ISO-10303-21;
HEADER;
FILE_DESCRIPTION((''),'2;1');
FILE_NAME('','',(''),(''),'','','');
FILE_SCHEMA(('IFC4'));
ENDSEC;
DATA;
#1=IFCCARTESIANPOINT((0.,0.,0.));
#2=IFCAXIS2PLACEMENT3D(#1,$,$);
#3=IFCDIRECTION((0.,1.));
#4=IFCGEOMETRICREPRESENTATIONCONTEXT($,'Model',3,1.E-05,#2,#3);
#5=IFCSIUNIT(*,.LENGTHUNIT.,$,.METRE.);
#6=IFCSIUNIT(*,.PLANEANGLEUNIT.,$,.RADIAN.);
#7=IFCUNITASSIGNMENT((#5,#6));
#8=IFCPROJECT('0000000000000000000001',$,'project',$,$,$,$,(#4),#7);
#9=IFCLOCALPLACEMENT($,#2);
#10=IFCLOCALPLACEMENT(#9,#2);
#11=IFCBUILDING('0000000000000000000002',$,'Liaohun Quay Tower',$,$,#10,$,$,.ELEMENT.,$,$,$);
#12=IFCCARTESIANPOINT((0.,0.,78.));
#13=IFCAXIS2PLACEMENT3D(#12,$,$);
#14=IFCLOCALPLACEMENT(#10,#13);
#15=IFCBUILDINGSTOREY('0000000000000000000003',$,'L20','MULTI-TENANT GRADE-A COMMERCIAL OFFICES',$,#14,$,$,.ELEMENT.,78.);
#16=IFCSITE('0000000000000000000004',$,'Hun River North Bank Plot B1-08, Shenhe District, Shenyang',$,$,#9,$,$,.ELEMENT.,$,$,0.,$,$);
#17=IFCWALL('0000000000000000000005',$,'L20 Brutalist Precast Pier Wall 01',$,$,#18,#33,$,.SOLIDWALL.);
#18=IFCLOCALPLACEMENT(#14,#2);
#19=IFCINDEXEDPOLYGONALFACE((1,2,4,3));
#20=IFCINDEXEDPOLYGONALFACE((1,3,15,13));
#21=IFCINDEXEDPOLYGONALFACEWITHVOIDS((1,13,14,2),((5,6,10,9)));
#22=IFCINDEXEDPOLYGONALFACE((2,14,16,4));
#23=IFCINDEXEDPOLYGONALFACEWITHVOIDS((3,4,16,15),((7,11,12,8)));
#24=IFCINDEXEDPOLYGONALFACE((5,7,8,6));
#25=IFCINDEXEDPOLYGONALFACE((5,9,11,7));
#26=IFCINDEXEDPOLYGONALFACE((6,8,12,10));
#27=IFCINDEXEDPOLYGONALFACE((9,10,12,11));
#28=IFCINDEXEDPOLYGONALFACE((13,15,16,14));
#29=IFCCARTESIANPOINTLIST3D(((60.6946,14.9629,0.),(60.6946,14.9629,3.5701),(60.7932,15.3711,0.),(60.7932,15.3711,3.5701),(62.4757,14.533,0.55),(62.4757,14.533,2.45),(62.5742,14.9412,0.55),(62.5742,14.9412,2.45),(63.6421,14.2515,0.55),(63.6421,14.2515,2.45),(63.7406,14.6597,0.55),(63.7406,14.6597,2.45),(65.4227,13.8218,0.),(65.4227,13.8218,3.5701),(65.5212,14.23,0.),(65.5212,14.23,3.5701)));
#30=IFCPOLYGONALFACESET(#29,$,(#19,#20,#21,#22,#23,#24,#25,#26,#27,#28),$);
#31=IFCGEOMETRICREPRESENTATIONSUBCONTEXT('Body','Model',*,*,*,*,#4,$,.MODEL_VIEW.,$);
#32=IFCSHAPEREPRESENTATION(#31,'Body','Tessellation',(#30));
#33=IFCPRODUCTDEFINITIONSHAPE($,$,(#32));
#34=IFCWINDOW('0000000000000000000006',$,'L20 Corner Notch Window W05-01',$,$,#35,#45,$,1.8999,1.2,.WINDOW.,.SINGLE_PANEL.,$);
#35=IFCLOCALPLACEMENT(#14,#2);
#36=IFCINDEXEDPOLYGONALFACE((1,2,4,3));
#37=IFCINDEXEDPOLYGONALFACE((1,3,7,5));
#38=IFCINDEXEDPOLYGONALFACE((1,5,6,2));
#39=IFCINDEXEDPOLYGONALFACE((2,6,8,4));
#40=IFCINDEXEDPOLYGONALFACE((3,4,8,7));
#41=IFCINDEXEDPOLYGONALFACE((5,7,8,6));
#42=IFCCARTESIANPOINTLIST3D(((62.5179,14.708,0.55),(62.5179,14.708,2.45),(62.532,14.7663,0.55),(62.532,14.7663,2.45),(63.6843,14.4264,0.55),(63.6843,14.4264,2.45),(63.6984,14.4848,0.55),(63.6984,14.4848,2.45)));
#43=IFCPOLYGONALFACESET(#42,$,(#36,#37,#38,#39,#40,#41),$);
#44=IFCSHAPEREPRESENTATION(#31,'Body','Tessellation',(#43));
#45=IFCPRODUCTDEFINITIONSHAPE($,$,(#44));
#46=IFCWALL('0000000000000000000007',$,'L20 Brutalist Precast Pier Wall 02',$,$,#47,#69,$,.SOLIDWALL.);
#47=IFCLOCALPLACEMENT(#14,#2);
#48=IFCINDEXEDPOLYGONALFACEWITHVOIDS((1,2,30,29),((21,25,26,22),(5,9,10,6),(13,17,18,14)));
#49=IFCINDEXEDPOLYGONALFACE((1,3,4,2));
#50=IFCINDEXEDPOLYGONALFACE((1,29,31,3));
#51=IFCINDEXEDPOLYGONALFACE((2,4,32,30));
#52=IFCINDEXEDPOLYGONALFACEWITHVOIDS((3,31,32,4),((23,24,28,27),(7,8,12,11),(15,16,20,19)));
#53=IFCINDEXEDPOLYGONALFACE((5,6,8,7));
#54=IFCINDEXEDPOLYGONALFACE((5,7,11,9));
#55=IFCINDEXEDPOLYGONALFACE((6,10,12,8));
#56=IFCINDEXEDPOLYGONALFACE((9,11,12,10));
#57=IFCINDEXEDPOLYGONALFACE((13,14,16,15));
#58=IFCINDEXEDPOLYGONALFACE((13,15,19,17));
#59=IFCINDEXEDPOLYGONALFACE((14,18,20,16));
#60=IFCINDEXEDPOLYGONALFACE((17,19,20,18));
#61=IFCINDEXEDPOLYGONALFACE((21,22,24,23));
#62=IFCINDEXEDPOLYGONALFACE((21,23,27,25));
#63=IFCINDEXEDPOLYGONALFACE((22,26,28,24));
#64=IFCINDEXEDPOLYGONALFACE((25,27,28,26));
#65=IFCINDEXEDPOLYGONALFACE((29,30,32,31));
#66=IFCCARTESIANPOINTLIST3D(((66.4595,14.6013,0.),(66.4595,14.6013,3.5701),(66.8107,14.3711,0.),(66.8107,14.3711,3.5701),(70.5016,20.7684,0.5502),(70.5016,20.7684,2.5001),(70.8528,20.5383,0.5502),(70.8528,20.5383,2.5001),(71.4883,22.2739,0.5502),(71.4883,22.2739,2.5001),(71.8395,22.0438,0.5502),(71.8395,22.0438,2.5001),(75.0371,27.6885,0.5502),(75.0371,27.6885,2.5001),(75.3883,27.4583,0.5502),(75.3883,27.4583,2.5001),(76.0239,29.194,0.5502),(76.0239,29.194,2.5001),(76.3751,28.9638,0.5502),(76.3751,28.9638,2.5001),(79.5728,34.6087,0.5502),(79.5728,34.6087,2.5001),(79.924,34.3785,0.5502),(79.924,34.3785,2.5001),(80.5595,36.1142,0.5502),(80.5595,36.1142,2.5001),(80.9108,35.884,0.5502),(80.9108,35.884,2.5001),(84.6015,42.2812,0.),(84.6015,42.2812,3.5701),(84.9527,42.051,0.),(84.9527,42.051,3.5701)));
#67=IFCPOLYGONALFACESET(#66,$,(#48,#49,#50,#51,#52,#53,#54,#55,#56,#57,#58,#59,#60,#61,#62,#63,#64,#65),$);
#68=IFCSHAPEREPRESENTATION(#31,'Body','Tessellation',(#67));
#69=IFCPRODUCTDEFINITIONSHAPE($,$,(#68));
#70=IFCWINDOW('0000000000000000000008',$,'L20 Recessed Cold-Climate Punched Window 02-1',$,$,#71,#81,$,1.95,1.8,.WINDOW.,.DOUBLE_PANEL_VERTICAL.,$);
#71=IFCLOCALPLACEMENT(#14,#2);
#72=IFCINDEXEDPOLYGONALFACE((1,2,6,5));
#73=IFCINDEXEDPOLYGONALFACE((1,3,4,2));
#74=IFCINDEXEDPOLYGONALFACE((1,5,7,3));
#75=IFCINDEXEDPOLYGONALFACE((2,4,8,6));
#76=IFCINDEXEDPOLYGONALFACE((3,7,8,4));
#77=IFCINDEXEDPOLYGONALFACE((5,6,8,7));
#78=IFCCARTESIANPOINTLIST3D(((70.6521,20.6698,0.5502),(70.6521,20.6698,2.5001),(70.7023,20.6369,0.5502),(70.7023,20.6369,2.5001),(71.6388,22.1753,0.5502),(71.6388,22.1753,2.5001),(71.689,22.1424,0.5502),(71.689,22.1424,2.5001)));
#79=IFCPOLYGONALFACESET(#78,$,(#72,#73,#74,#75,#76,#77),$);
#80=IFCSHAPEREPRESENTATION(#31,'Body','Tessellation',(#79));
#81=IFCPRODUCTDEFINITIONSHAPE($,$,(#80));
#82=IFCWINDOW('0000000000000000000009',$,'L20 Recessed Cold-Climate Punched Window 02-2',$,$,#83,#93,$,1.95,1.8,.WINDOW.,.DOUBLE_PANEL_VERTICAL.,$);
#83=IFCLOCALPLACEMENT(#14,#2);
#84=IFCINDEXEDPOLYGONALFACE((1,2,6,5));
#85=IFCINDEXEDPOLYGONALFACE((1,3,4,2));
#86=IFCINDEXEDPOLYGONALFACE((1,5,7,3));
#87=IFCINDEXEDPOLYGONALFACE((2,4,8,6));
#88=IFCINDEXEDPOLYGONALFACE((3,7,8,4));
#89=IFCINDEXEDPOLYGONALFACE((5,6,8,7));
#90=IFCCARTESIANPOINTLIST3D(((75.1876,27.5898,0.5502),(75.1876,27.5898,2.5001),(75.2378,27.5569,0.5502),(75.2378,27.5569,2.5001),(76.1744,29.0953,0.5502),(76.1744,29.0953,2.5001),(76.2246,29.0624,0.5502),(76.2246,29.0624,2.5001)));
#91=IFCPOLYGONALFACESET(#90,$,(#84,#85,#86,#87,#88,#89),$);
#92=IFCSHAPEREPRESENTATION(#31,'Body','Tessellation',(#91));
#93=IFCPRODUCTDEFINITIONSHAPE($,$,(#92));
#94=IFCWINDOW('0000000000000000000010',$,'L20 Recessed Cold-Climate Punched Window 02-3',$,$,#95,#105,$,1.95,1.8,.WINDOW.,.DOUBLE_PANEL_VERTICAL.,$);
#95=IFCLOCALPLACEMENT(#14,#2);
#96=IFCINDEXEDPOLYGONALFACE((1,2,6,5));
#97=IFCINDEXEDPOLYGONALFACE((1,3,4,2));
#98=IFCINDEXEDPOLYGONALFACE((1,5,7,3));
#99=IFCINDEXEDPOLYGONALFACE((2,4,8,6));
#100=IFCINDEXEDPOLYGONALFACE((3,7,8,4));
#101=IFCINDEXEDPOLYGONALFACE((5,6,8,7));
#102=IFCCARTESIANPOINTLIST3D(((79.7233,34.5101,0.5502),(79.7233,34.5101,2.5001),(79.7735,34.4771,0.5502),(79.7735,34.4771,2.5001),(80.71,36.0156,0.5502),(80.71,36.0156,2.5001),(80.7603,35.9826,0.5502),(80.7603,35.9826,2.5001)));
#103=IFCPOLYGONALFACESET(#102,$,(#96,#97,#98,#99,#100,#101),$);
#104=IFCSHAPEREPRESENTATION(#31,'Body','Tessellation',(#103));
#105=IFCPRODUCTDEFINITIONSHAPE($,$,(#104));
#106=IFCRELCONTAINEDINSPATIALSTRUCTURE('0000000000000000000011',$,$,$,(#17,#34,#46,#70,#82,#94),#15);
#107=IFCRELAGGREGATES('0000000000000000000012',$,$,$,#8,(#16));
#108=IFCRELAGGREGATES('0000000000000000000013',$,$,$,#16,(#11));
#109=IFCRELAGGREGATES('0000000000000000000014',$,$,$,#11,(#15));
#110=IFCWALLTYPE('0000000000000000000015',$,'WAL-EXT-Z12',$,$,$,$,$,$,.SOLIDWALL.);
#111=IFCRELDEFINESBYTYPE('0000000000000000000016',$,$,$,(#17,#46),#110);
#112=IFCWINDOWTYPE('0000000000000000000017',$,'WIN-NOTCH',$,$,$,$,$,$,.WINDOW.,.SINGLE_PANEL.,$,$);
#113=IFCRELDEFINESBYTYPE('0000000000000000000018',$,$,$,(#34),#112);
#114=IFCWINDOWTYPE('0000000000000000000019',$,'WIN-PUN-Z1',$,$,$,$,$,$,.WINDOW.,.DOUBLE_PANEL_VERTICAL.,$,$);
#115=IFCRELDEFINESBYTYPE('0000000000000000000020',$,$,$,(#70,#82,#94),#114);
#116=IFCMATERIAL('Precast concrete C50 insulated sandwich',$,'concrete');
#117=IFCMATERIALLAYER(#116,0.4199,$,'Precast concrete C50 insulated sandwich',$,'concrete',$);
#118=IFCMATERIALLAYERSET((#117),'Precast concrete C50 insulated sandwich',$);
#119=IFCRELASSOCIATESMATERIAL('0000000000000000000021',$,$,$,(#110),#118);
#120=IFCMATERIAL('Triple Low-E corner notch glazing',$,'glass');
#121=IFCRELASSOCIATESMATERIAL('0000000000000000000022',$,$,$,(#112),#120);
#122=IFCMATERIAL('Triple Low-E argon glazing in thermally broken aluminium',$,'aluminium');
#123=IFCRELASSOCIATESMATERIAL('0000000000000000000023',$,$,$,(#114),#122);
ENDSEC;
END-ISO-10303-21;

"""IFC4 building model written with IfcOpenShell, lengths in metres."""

from ifc_helpers import new_model, si_unit, direction, frame, frame_2d, origin, place, context, subcontext, project, spatial, rectangle, extrude, source, transform, mapped, material, layer, layer_set, type_object, element, fill, save


model = new_model("IFC4")

# Units and contexts
model_context = context("Model", 3, precision=1e-05, world=origin(), true_north=direction((0.0, 1.0)))
body_context = subcontext(model_context, "Body", "Model", "MODEL_VIEW")
ifc_project = project(units=[si_unit("LENGTHUNIT", "METRE"), si_unit("PLANEANGLEUNIT", "RADIAN")], contexts=[model_context])

# Site, building, storey
site_placement = place(None, origin())
site = spatial("IfcSite", under=ifc_project, at=site_placement, Name="Hun River North Bank Plot B1-08, Shenhe District, Shenyang", CompositionType="ELEMENT", RefElevation=0.0)
building_placement = place(site_placement, origin())
building = spatial("IfcBuilding", under=site, at=building_placement, Name="Liaohun Quay Tower", CompositionType="ELEMENT")
storey_placement = place(building_placement, frame((0.0, 0.0, 78.0)))
storey = spatial("IfcBuildingStorey", under=building, at=storey_placement, Name="L20", Description="MULTI-TENANT GRADE-A COMMERCIAL OFFICES", CompositionType="ELEMENT", Elevation=78.0)

# Wall, opening, window
ifc_material_1 = material(Name="Precast concrete C50 insulated sandwich", Category="concrete")
ifc_layer_1 = layer(ifc_material_1, 0.4199, Name="Precast concrete C50 insulated sandwich", Category="concrete")
ifc_layer_set_1 = layer_set([ifc_layer_1], Name="Precast concrete C50 insulated sandwich")
wall_type_1 = type_object("IfcWallType", Name="WAL-EXT-Z12", PredefinedType="SOLIDWALL", material=ifc_layer_set_1)
wall_1_placement = place(storey_placement, frame((60.7439, 15.167, 0.0), z_axis=(0.0, 0.0, 1.0), x_axis=(0.972089, -0.234614, 0.0)))
wall_1 = element("IfcWall", 1, at=wall_1_placement, inside=storey, type_object=wall_type_1, Name="L20 Brutalist Precast Pier Wall 01", PredefinedType="SOLIDWALL", context=body_context, shape_type="SweptSolid", body=[
    extrude(rectangle(XDim=4.8638, YDim=0.4199, at=frame_2d((2.4319, 0.0))), origin(), (0.0, 0.0, 1.0), 3.5701),
])
shared_shape_1 = source(origin(), body_context, "Body", "SweptSolid", [
    extrude(rectangle(XDim=1.2, YDim=1.8999, at=frame_2d((0.6001, 0.95))), frame((0.0, 0.22, 0.0), z_axis=(0.0, -1.0, 0.0), x_axis=(1.0, 0.0, 0.0)), (0.0, 0.0, 1.0), 0.4399),
])
opening_1_placement = place(wall_1_placement, frame((1.832, 0.0, 0.55)))
opening_1 = element("IfcOpeningElement", 2, at=opening_1_placement, cuts=wall_1, PredefinedType="OPENING", context=body_context, shape_type="MappedRepresentation", body=[
    mapped(shared_shape_1, transform((0.0, 0.0, 0.0), x_axis=(1.0, 0.0, 0.0), y_axis=(0.0, 1.0, 0.0), z_axis=(0.0, 0.0, 1.0), scale=1.0)),
])
ifc_material_2 = material(Name="Triple Low-E corner notch glazing", Category="glass")
window_type_1 = type_object("IfcWindowType", Name="WIN-NOTCH", PartitioningType="SINGLE_PANEL", PredefinedType="WINDOW", material=ifc_material_2)
shared_shape_2 = source(origin(), body_context, "Body", "SweptSolid", [
    extrude(rectangle(XDim=1.2, YDim=1.8999, at=frame_2d((0.6001, 0.95))), frame((0.0, 0.03, 0.0), z_axis=(0.0, -1.0, 0.0), x_axis=(1.0, 0.0, 0.0)), (0.0, 0.0, 1.0), 0.0601),
])
window_1_placement = place(opening_1_placement, origin())
window_1 = element("IfcWindow", 3, at=window_1_placement, inside=storey, type_object=window_type_1, Name="L20 Corner Notch Window W05-01", OverallHeight=1.8999, OverallWidth=1.2, PartitioningType="SINGLE_PANEL", PredefinedType="WINDOW", context=body_context, shape_type="MappedRepresentation", body=[
    mapped(shared_shape_2, transform((0.0, 0.0, 0.0), x_axis=(1.0, 0.0, 0.0), y_axis=(0.0, 1.0, 0.0), z_axis=(0.0, 0.0, 1.0), scale=1.0)),
])
fill(opening_1, window_1)

# Wall, openings, windows
wall_2_placement = place(storey_placement, frame((66.635, 14.4861, 0.0), z_axis=(0.0, 0.0, 1.0), x_axis=(0.548173, 0.836365, 0.0)))
wall_2 = element("IfcWall", 4, at=wall_2_placement, inside=storey, type_object=wall_type_1, Name="L20 Brutalist Precast Pier Wall 02", PredefinedType="SOLIDWALL", context=body_context, shape_type="SweptSolid", body=[
    extrude(rectangle(XDim=33.0955, YDim=0.4199, at=frame_2d((16.5479, 0.0))), origin(), (0.0, 0.0, 1.0), 3.5701),
])
shared_shape_3 = source(origin(), body_context, "Body", "SweptSolid", [
    extrude(rectangle(XDim=1.8, YDim=1.95, at=frame_2d((0.8999, 0.9751))), frame((0.0, 0.22, 0.0), z_axis=(0.0, -1.0, 0.0), x_axis=(1.0, 0.0, 0.0)), (0.0, 0.0, 1.0), 0.4399),
])
opening_2_placement = place(wall_2_placement, frame((7.374, 0.0, 0.55)))
opening_2 = element("IfcOpeningElement", 5, at=opening_2_placement, cuts=wall_2, PredefinedType="OPENING", context=body_context, shape_type="MappedRepresentation", body=[
    mapped(shared_shape_3, transform((0.0, 0.0, 0.0), x_axis=(1.0, 0.0, 0.0), y_axis=(0.0, 1.0, 0.0), z_axis=(0.0, 0.0, 1.0), scale=1.0)),
])
opening_3_placement = place(wall_2_placement, frame((15.6479, 0.0, 0.55)))
opening_3 = element("IfcOpeningElement", 6, at=opening_3_placement, cuts=wall_2, PredefinedType="OPENING", context=body_context, shape_type="MappedRepresentation", body=[
    mapped(shared_shape_3, transform((0.0, 0.0, 0.0), x_axis=(1.0, 0.0, 0.0), y_axis=(0.0, 1.0, 0.0), z_axis=(0.0, 0.0, 1.0), scale=1.0)),
])
opening_4_placement = place(wall_2_placement, frame((23.9221, 0.0, 0.55)))
opening_4 = element("IfcOpeningElement", 7, at=opening_4_placement, cuts=wall_2, PredefinedType="OPENING", context=body_context, shape_type="MappedRepresentation", body=[
    mapped(shared_shape_3, transform((0.0, 0.0, 0.0), x_axis=(1.0, 0.0, 0.0), y_axis=(0.0, 1.0, 0.0), z_axis=(0.0, 0.0, 1.0), scale=1.0)),
])
ifc_material_3 = material(Name="Triple Low-E argon glazing in thermally broken aluminium", Category="aluminium")
window_type_2 = type_object("IfcWindowType", Name="WIN-PUN-Z1", PartitioningType="DOUBLE_PANEL_VERTICAL", PredefinedType="WINDOW", material=ifc_material_3)
shared_shape_4 = source(origin(), body_context, "Body", "SweptSolid", [
    extrude(rectangle(XDim=1.8, YDim=1.95, at=frame_2d((0.8999, 0.9751))), frame((0.0, 0.03, 0.0), z_axis=(0.0, -1.0, 0.0), x_axis=(1.0, 0.0, 0.0)), (0.0, 0.0, 1.0), 0.0601),
])
window_2_placement = place(opening_2_placement, origin())
window_2 = element("IfcWindow", 8, at=window_2_placement, inside=storey, type_object=window_type_2, Name="L20 Recessed Cold-Climate Punched Window 02-1", OverallHeight=1.95, OverallWidth=1.8, PartitioningType="DOUBLE_PANEL_VERTICAL", PredefinedType="WINDOW", context=body_context, shape_type="MappedRepresentation", body=[
    mapped(shared_shape_4, transform((0.0, 0.0, 0.0), x_axis=(1.0, 0.0, 0.0), y_axis=(0.0, 1.0, 0.0), z_axis=(0.0, 0.0, 1.0), scale=1.0)),
])
fill(opening_2, window_2)
window_3_placement = place(opening_3_placement, origin())
window_3 = element("IfcWindow", 9, at=window_3_placement, inside=storey, type_object=window_type_2, Name="L20 Recessed Cold-Climate Punched Window 02-2", OverallHeight=1.95, OverallWidth=1.8, PartitioningType="DOUBLE_PANEL_VERTICAL", PredefinedType="WINDOW", context=body_context, shape_type="MappedRepresentation", body=[
    mapped(shared_shape_4, transform((0.0, 0.0, 0.0), x_axis=(1.0, 0.0, 0.0), y_axis=(0.0, 1.0, 0.0), z_axis=(0.0, 0.0, 1.0), scale=1.0)),
])
fill(opening_3, window_3)
window_4_placement = place(opening_4_placement, origin())
window_4 = element("IfcWindow", 10, at=window_4_placement, inside=storey, type_object=window_type_2, Name="L20 Recessed Cold-Climate Punched Window 02-3", OverallHeight=1.95, OverallWidth=1.8, PartitioningType="DOUBLE_PANEL_VERTICAL", PredefinedType="WINDOW", context=body_context, shape_type="MappedRepresentation", body=[
    mapped(shared_shape_4, transform((0.0, 0.0, 0.0), x_axis=(1.0, 0.0, 0.0), y_axis=(0.0, 1.0, 0.0), z_axis=(0.0, 0.0, 1.0), scale=1.0)),
])
fill(opening_4, window_4)

save(model, "model.ifc")
